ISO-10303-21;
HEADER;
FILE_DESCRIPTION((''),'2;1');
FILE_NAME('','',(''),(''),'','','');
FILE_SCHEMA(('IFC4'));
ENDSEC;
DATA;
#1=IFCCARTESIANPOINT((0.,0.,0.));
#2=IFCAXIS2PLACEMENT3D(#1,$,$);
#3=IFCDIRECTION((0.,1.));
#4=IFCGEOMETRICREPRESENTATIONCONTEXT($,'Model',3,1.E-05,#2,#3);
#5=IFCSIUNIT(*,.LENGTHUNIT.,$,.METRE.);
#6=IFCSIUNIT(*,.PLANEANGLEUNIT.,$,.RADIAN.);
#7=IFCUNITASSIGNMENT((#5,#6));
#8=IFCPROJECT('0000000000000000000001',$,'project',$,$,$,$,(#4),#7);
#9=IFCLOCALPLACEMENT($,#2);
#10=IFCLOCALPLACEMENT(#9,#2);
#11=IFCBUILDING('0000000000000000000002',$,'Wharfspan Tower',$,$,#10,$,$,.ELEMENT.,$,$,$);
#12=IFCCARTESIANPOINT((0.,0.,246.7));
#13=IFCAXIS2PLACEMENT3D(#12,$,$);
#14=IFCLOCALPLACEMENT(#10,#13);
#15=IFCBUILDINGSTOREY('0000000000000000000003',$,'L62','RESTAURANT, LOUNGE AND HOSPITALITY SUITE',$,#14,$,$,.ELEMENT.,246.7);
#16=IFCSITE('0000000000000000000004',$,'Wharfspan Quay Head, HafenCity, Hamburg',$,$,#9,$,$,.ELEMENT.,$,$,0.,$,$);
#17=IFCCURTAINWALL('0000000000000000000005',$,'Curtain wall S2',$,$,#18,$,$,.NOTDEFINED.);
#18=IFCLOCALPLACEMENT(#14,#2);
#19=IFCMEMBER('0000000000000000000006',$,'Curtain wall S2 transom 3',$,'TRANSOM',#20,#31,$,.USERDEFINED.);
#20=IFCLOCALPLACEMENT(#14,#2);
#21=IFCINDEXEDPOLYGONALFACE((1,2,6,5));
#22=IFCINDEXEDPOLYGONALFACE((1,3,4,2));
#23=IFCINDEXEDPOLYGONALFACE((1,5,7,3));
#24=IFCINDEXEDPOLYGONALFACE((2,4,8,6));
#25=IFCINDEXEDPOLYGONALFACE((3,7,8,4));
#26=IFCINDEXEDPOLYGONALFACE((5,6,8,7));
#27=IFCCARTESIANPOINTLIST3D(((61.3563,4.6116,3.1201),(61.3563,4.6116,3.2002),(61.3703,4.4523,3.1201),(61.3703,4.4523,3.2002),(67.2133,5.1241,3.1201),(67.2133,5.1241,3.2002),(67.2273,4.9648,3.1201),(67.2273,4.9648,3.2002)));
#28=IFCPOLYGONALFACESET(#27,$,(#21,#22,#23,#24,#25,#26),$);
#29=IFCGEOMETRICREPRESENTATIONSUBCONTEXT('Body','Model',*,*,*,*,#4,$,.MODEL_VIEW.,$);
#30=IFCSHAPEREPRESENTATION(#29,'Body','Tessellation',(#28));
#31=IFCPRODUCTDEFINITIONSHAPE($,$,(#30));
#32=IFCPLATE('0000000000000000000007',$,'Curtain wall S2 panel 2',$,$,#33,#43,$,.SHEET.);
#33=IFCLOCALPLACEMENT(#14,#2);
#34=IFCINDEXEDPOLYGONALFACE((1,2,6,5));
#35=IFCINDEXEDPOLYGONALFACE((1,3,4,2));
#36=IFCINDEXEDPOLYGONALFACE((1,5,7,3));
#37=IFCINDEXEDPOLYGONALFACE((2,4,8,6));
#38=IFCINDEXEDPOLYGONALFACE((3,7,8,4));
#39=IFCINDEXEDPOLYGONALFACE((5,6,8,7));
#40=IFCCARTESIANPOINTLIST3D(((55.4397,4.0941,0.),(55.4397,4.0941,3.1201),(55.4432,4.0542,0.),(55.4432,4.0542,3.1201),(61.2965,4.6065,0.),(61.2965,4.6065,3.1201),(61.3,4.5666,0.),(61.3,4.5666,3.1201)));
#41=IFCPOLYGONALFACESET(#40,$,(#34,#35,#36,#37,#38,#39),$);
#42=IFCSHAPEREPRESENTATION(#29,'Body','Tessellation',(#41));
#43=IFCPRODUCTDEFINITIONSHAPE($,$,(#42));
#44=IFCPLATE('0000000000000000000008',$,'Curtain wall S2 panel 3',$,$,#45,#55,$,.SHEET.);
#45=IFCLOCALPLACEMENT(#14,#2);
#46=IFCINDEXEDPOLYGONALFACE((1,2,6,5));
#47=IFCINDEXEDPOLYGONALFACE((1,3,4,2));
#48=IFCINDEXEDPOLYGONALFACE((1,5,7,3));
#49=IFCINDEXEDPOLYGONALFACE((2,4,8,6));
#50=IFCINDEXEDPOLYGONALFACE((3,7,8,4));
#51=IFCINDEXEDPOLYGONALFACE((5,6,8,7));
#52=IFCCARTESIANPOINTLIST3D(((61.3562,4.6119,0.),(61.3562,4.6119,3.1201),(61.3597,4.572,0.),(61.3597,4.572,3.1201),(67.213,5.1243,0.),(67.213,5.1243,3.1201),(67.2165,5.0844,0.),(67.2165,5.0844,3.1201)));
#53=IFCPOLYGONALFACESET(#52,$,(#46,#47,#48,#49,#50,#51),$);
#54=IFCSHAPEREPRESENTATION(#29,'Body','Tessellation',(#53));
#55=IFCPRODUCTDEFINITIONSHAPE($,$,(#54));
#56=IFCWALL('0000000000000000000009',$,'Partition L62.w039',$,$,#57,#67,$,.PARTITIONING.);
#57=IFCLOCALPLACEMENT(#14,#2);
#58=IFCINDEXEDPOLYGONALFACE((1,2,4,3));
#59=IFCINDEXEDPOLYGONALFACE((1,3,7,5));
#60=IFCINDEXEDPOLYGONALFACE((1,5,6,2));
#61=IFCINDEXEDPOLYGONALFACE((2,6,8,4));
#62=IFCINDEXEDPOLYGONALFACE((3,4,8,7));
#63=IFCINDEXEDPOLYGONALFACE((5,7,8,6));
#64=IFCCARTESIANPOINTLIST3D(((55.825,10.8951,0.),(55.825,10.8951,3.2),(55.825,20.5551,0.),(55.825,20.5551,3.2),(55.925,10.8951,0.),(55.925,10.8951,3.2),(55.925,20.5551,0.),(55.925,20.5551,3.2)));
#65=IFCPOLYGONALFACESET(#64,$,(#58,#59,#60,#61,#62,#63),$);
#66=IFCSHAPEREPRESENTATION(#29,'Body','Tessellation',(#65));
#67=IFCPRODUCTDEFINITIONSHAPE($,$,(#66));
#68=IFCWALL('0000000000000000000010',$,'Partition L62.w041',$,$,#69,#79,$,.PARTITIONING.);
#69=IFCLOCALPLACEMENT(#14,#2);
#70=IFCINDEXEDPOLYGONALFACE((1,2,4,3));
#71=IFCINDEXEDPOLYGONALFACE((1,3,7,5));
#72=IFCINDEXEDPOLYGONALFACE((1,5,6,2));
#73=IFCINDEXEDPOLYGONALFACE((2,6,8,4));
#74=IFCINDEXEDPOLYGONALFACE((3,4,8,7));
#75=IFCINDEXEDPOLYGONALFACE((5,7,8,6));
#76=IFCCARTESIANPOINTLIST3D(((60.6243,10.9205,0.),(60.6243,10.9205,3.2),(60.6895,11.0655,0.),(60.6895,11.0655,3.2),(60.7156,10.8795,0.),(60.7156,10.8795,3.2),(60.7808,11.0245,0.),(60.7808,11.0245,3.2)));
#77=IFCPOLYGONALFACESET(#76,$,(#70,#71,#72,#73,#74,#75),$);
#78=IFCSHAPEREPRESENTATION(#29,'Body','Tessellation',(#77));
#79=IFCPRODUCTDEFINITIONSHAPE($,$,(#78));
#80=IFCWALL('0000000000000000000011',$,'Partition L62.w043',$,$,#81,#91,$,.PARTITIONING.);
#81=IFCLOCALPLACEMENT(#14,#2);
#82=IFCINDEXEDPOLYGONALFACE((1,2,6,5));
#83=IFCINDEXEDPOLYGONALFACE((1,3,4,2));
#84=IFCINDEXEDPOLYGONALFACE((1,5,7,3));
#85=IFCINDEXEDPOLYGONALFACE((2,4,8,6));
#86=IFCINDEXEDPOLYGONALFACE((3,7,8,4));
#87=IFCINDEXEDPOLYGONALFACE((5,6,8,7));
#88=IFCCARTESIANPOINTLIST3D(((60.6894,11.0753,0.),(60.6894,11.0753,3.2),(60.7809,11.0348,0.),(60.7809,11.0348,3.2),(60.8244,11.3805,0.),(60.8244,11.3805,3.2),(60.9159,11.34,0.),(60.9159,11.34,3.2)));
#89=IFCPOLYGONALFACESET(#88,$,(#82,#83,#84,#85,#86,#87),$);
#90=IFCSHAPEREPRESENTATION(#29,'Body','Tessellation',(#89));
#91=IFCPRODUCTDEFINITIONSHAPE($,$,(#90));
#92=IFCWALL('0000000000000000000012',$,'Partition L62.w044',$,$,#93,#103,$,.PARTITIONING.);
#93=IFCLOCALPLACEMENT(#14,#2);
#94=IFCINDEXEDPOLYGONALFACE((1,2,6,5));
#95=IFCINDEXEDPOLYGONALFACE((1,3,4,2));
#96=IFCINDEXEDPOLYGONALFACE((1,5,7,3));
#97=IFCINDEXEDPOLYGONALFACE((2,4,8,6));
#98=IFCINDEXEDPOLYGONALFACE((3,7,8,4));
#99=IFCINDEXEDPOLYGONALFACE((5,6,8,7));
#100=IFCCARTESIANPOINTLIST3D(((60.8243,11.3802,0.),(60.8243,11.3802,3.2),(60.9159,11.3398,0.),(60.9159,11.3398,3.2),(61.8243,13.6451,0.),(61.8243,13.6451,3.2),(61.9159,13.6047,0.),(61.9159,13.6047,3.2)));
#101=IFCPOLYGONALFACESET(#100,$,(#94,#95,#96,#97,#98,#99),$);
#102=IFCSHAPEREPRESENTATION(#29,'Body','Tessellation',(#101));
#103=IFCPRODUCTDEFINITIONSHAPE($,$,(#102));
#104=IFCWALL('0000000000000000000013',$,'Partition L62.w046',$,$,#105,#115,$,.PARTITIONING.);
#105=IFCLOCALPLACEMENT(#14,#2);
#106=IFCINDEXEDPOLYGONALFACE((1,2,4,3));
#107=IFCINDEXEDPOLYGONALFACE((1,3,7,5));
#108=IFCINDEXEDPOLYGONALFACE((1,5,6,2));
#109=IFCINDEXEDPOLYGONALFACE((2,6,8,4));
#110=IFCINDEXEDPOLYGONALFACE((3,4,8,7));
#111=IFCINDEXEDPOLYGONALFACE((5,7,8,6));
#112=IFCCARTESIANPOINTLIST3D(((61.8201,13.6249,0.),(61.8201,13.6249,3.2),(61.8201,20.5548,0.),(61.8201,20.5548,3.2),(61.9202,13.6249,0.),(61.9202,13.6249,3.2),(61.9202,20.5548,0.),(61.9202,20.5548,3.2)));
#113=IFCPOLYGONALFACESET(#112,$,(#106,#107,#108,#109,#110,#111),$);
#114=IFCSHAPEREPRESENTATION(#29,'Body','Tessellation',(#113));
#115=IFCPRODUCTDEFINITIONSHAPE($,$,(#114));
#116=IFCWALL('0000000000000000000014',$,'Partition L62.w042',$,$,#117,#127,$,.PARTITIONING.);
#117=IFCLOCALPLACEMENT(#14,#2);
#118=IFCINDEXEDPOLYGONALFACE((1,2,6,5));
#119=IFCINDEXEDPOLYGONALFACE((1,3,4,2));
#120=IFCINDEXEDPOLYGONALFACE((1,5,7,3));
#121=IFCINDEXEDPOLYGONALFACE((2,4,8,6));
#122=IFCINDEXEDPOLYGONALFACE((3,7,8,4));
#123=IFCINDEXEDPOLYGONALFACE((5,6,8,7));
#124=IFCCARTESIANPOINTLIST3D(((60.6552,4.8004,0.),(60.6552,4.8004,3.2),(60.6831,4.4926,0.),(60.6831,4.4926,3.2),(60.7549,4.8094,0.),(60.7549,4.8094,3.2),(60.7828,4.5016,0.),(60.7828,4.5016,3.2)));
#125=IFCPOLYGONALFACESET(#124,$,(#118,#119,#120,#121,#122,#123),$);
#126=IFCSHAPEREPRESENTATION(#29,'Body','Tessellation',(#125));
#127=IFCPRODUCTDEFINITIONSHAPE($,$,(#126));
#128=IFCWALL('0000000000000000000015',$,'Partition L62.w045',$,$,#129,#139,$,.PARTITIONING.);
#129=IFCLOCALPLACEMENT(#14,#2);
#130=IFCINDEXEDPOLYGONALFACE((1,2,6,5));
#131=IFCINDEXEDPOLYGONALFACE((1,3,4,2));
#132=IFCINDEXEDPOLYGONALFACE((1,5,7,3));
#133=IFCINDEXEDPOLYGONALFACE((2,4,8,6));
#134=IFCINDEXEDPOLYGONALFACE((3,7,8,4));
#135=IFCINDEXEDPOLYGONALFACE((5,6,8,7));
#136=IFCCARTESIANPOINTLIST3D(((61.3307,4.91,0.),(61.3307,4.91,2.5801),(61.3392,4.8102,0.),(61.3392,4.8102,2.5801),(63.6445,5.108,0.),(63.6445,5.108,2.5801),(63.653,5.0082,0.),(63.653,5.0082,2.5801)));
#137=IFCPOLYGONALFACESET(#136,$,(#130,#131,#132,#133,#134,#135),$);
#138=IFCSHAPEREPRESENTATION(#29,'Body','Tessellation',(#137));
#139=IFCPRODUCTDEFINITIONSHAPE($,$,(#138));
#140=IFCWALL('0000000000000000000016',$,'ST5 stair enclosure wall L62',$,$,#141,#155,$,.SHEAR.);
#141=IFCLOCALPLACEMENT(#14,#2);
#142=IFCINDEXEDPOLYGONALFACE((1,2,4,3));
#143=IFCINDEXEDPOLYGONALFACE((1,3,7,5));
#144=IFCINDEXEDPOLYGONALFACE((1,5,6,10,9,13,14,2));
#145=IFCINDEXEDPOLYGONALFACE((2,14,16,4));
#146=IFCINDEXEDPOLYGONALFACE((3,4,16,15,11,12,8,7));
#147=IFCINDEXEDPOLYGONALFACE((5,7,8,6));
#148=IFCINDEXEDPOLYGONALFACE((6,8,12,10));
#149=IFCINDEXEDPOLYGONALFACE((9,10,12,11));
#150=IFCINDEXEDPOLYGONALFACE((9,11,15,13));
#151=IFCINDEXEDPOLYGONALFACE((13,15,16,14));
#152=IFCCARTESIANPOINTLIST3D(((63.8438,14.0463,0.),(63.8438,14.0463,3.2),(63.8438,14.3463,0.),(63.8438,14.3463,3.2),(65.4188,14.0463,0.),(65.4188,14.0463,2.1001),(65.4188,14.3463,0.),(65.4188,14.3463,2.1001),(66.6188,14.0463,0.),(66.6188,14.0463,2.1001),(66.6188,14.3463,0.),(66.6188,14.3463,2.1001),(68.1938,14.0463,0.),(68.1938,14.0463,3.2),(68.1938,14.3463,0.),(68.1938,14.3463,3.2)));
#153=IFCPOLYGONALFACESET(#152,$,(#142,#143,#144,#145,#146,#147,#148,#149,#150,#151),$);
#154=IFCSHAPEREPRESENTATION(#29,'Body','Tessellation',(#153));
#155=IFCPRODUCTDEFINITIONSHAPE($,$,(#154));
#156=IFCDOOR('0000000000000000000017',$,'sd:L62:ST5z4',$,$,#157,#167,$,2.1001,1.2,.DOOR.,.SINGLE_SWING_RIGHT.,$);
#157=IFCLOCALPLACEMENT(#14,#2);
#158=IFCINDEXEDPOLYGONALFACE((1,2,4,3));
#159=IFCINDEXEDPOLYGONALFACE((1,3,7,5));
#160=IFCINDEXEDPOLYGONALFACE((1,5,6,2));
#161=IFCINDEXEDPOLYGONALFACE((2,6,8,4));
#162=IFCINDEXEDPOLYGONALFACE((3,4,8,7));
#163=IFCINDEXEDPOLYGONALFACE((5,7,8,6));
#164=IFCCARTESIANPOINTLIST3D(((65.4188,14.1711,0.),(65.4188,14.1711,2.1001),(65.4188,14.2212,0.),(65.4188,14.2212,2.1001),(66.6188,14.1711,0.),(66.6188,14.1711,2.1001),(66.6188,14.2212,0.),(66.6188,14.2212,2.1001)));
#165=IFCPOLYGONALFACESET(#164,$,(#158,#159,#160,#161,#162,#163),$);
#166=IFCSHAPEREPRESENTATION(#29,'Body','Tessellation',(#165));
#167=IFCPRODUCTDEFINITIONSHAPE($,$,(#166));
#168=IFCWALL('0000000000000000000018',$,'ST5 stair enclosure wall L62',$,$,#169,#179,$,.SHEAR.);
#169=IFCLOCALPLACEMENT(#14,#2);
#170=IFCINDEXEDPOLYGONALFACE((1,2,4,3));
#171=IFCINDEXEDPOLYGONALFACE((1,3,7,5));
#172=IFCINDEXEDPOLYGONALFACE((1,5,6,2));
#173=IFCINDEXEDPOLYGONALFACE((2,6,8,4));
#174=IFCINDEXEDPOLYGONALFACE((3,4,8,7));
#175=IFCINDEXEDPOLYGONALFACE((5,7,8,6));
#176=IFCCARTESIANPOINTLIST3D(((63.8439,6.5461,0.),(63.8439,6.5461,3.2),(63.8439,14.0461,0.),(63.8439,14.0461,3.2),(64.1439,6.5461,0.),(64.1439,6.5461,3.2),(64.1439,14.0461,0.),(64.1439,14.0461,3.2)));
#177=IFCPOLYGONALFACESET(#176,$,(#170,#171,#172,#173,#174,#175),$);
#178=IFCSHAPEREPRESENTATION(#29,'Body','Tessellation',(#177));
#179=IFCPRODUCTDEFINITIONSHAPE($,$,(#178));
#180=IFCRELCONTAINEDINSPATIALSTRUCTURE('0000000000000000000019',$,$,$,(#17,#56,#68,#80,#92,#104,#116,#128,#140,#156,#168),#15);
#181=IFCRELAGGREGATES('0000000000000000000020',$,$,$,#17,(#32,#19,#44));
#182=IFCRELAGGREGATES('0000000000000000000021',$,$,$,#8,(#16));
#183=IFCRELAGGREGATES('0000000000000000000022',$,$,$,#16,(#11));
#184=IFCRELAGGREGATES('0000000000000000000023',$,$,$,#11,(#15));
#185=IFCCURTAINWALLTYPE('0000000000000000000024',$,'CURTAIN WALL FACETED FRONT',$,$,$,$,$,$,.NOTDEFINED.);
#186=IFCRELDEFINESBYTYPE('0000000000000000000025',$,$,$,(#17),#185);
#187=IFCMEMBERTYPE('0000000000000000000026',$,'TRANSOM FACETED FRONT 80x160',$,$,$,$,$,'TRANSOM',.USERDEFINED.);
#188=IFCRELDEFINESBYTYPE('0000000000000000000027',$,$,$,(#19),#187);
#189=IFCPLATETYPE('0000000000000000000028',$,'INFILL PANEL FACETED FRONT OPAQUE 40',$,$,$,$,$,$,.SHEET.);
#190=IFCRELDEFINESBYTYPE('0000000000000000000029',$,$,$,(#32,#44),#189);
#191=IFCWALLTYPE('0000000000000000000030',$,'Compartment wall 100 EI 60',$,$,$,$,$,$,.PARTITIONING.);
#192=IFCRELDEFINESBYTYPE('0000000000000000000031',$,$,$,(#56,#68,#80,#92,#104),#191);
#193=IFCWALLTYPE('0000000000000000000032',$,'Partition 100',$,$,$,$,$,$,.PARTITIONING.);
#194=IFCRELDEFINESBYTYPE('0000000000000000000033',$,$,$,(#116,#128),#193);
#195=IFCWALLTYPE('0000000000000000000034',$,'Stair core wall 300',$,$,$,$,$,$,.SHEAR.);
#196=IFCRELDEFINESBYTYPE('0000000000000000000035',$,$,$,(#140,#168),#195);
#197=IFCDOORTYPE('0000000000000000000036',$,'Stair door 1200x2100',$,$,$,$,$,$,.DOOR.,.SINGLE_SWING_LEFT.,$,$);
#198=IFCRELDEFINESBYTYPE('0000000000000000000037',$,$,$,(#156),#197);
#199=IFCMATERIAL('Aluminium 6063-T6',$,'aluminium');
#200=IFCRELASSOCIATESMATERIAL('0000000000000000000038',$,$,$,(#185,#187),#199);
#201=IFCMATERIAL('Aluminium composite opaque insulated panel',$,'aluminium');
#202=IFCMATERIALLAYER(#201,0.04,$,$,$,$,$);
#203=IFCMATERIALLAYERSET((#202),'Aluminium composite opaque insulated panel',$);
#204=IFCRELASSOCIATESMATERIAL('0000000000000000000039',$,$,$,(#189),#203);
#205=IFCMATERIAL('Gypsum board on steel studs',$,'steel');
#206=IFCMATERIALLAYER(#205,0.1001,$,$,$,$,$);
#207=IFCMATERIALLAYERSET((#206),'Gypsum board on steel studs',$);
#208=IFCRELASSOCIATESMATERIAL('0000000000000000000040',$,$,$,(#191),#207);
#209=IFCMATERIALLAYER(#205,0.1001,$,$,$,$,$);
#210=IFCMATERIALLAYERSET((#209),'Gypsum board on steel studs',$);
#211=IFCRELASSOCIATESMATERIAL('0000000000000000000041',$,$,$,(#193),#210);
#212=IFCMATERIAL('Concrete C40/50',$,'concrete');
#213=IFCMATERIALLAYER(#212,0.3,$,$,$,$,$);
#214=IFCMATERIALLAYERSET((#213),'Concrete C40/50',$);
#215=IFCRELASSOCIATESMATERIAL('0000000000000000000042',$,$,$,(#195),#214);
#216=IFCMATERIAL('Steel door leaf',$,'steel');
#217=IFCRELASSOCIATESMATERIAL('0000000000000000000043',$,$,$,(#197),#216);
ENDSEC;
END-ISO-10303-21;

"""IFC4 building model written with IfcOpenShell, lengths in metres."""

from ifc_helpers import new_model, si_unit, direction, frame, frame_2d, origin, origin_2d, place, context, subcontext, project, spatial, rectangle, extrude, material, layer, layer_set, material_profile, profile_set, type_object, element, fill, aggregate, save


model = new_model("IFC4")

# Units and contexts
model_context = context("Model", 3, precision=1e-05, world=origin(), true_north=direction((0.0, 1.0)))
body_context = subcontext(model_context, "Body", "Model", "MODEL_VIEW")
ifc_project = project(units=[si_unit("LENGTHUNIT", "METRE"), si_unit("PLANEANGLEUNIT", "RADIAN")], contexts=[model_context])

# Site, building, storey
site_placement = place(None, origin())
site = spatial("IfcSite", under=ifc_project, at=site_placement, Name="Wharfspan Quay Head, HafenCity, Hamburg", CompositionType="ELEMENT", RefElevation=0.0)
building_placement = place(site_placement, origin())
building = spatial("IfcBuilding", under=site, at=building_placement, Name="Wharfspan Tower", CompositionType="ELEMENT")
storey_placement = place(building_placement, frame((0.0, 0.0, 246.7)))
storey = spatial("IfcBuildingStorey", under=building, at=storey_placement, Name="L62", Description="RESTAURANT, LOUNGE AND HOSPITALITY SUITE", CompositionType="ELEMENT", Elevation=246.7)

# Curtain wall, member, plates
ifc_material_1 = material(Name="Aluminium 6063-T6", Category="aluminium")
curtain_wall_type = type_object("IfcCurtainWallType", Name="CURTAIN WALL FACETED FRONT", PredefinedType="NOTDEFINED", material=ifc_material_1)
curtain_wall_placement = place(storey_placement, origin())
curtain_wall = element("IfcCurtainWall", 1, at=curtain_wall_placement, inside=storey, type_object=curtain_wall_type, Name="Curtain wall S2", PredefinedType="NOTDEFINED")
ifc_material_profile_1 = material_profile(ifc_material_1, rectangle(XDim=0.1599, YDim=0.0801, at=origin_2d()))
ifc_profile_set_1 = profile_set([ifc_material_profile_1], Name="Aluminium 6063-T6")
member_type_1 = type_object("IfcMemberType", Name="TRANSOM FACETED FRONT 80x160", ElementType="TRANSOM", PredefinedType="USERDEFINED", material=ifc_profile_set_1)
member_1_placement = place(storey_placement, frame((61.3633, 4.532, 3.1602), z_axis=(0.996194, 0.087162, 0.0), x_axis=(-0.087162, 0.996194, 0.0)))
member_1 = element("IfcMember", 2, at=member_1_placement, type_object=member_type_1, Name="Curtain wall S2 transom 3", ObjectType="TRANSOM", PredefinedType="USERDEFINED", context=body_context, shape_type="SweptSolid", body=[
    extrude(rectangle(XDim=0.1599, YDim=0.0801, at=origin_2d()), origin(), (0.0, 0.0, 1.0), 5.8794),
])
ifc_material_2 = material(Name="Aluminium composite opaque insulated panel", Category="aluminium")
ifc_layer_1 = layer(ifc_material_2, 0.04)
ifc_layer_set_1 = layer_set([ifc_layer_1], Name="Aluminium composite opaque insulated panel")
plate_type = type_object("IfcPlateType", Name="INFILL PANEL FACETED FRONT OPAQUE 40", PredefinedType="SHEET", material=ifc_layer_set_1)
plate_1_placement = place(storey_placement, frame((58.3699, 4.3303, 0.0), z_axis=(0.0, 0.0, 1.0), x_axis=(0.996197, 0.087156, 0.0)))
plate_1 = element("IfcPlate", 3, at=plate_1_placement, type_object=plate_type, Name="Curtain wall S2 panel 2", PredefinedType="SHEET", context=body_context, shape_type="SweptSolid", body=[
    extrude(rectangle(XDim=5.8792, YDim=0.04, at=origin_2d()), origin(), (0.0, 0.0, 1.0), 3.1201),
])
plate_2_placement = place(storey_placement, frame((64.2864, 4.8481, 0.0), z_axis=(0.0, 0.0, 1.0), x_axis=(0.996197, 0.087156, 0.0)))
plate_2 = element("IfcPlate", 4, at=plate_2_placement, type_object=plate_type, Name="Curtain wall S2 panel 3", PredefinedType="SHEET", context=body_context, shape_type="SweptSolid", body=[
    extrude(rectangle(XDim=5.8792, YDim=0.04, at=origin_2d()), origin(), (0.0, 0.0, 1.0), 3.1201),
])
aggregate(curtain_wall, [plate_1, member_1, plate_2])

# Walls
ifc_material_3 = material(Name="Gypsum board on steel studs", Category="steel")
ifc_layer_2 = layer(ifc_material_3, 0.1001)
ifc_layer_set_2 = layer_set([ifc_layer_2], Name="Gypsum board on steel studs")
wall_type_1 = type_object("IfcWallType", Name="Compartment wall 100 EI 60", PredefinedType="PARTITIONING", material=ifc_layer_set_2)
wall_1_placement = place(storey_placement, frame((55.875, 10.895, 0.0), z_axis=(0.0, 0.0, 1.0), x_axis=(0.0, 1.0, 0.0)))
element("IfcWall", 5, at=wall_1_placement, inside=storey, type_object=wall_type_1, Name="Partition L62.w039", PredefinedType="PARTITIONING", context=body_context, shape_type="SweptSolid", body=[
    extrude(rectangle(XDim=9.6599, YDim=0.1001, at=frame_2d((4.8301, 0.0))), origin(), (0.0, 0.0, 1.0), 3.2),
])
wall_2_placement = place(storey_placement, frame((60.6699, 10.8999, 0.0), z_axis=(0.0, 0.0, 1.0), x_axis=(0.409983, 0.912097, 0.0)))
element("IfcWall", 6, at=wall_2_placement, inside=storey, type_object=wall_type_1, Name="Partition L62.w041", PredefinedType="PARTITIONING", context=body_context, shape_type="SweptSolid", body=[
    extrude(rectangle(XDim=0.1589, YDim=0.1001, at=frame_2d((0.0796, 0.0))), origin(), (0.0, 0.0, 1.0), 3.2),
])
wall_3_placement = place(storey_placement, frame((60.7351, 11.0549, 0.0), z_axis=(0.0, 0.0, 1.0), x_axis=(0.404577, 0.914505, 0.0)))
element("IfcWall", 7, at=wall_3_placement, inside=storey, type_object=wall_type_1, Name="Partition L62.w043", PredefinedType="PARTITIONING", context=body_context, shape_type="SweptSolid", body=[
    extrude(rectangle(XDim=0.3337, YDim=0.1001, at=frame_2d((0.167, 0.0))), origin(), (0.0, 0.0, 1.0), 3.2),
])
wall_4_placement = place(storey_placement, frame((60.8701, 11.3601, 0.0), z_axis=(0.0, 0.0, 1.0), x_axis=(0.403903, 0.914797, 0.0)))
element("IfcWall", 8, at=wall_4_placement, inside=storey, type_object=wall_type_1, Name="Partition L62.w044", PredefinedType="PARTITIONING", context=body_context, shape_type="SweptSolid", body=[
    extrude(rectangle(XDim=2.4758, YDim=0.1001, at=frame_2d((1.2378, 0.0))), origin(), (0.0, 0.0, 1.0), 3.2),
])
wall_5_placement = place(storey_placement, frame((61.8701, 13.625, 0.0), z_axis=(0.0, 0.0, 1.0), x_axis=(0.0, 1.0, 0.0)))
element("IfcWall", 9, at=wall_5_placement, inside=storey, type_object=wall_type_1, Name="Partition L62.w046", PredefinedType="PARTITIONING", context=body_context, shape_type="SweptSolid", body=[
    extrude(rectangle(XDim=6.9299, YDim=0.1001, at=frame_2d((3.4648, 0.0))), origin(), (0.0, 0.0, 1.0), 3.2),
])
ifc_layer_3 = layer(ifc_material_3, 0.1001)
ifc_layer_set_3 = layer_set([ifc_layer_3], Name="Gypsum board on steel studs")
wall_type_2 = type_object("IfcWallType", Name="Partition 100", PredefinedType="PARTITIONING", material=ifc_layer_set_3)
wall_6_placement = place(storey_placement, frame((60.7329, 4.4971, 0.0), z_axis=(0.0, 0.0, 1.0), x_axis=(-0.090037, 0.995936, 0.0)))
element("IfcWall", 10, at=wall_6_placement, inside=storey, type_object=wall_type_2, Name="Partition L62.w042", PredefinedType="PARTITIONING", context=body_context, shape_type="SweptSolid", body=[
    extrude(rectangle(XDim=0.3091, YDim=0.1001, at=frame_2d((0.1545, 0.0))), origin(), (0.0, 0.0, 1.0), 3.2),
])
wall_7_placement = place(storey_placement, frame((61.335, 4.8601, 0.0), z_axis=(0.0, 0.0, 1.0), x_axis=(0.996359, 0.085264, 0.0)))
element("IfcWall", 11, at=wall_7_placement, inside=storey, type_object=wall_type_2, Name="Partition L62.w045", PredefinedType="PARTITIONING", context=body_context, shape_type="SweptSolid", body=[
    extrude(rectangle(XDim=2.3223, YDim=0.1001, at=frame_2d((1.1611, 0.0))), origin(), (0.0, 0.0, 1.0), 2.5801),
])

# Wall, opening, door
ifc_material_4 = material(Name="Concrete C40/50", Category="concrete")
ifc_layer_4 = layer(ifc_material_4, 0.3)
ifc_layer_set_4 = layer_set([ifc_layer_4], Name="Concrete C40/50")
wall_type_3 = type_object("IfcWallType", Name="Stair core wall 300", PredefinedType="SHEAR", material=ifc_layer_set_4)
wall_8_placement = place(storey_placement, frame((63.8438, 14.1963, 0.0), z_axis=(0.0, 0.0, 1.0), x_axis=(1.0, 0.0, 0.0)))
wall_8 = element("IfcWall", 12, at=wall_8_placement, inside=storey, type_object=wall_type_3, Name="ST5 stair enclosure wall L62", PredefinedType="SHEAR", context=body_context, shape_type="SweptSolid", body=[
    extrude(rectangle(XDim=4.3501, YDim=0.3, at=frame_2d((2.175, 0.0))), origin(), (0.0, 0.0, 1.0), 3.2),
])
opening_placement = place(wall_8_placement, frame((1.575, 0.0, 0.0)))
opening = element("IfcOpeningElement", 13, at=opening_placement, cuts=wall_8, PredefinedType="OPENING", context=body_context, shape_type="SweptSolid", body=[
    extrude(rectangle(XDim=1.2, YDim=2.1001, at=frame_2d((0.6001, 1.05))), frame((0.0, 0.1599, 0.0), z_axis=(0.0, -1.0, 0.0), x_axis=(1.0, 0.0, 0.0)), (0.0, 0.0, 1.0), 0.3201),
])
ifc_material_5 = material(Name="Steel door leaf", Category="steel")
door_type = type_object("IfcDoorType", Name="Stair door 1200x2100", OperationType="SINGLE_SWING_LEFT", PredefinedType="DOOR", material=ifc_material_5)
door_placement = place(opening_placement, origin())
door = element("IfcDoor", 14, at=door_placement, inside=storey, type_object=door_type, Name="sd:L62:ST5z4", OperationType="SINGLE_SWING_RIGHT", OverallHeight=2.1001, OverallWidth=1.2, PredefinedType="DOOR", context=body_context, shape_type="SweptSolid", body=[
    extrude(rectangle(XDim=1.2, YDim=2.1001, at=frame_2d((0.6001, 1.05))), frame((0.0, 0.0249, 0.0), z_axis=(0.0, -1.0, 0.0), x_axis=(1.0, 0.0, 0.0)), (0.0, 0.0, 1.0), 0.05),
])
fill(opening, door)

# Wall
wall_9_placement = place(storey_placement, frame((63.9939, 6.5461, 0.0), z_axis=(0.0, 0.0, 1.0), x_axis=(0.0, 1.0, 0.0)))
element("IfcWall", 15, at=wall_9_placement, inside=storey, type_object=wall_type_3, Name="ST5 stair enclosure wall L62", PredefinedType="SHEAR", context=body_context, shape_type="SweptSolid", body=[
    extrude(rectangle(XDim=7.5, YDim=0.3, at=frame_2d((3.75, 0.0))), origin(), (0.0, 0.0, 1.0), 3.2),
])

save(model, "model.ifc")
